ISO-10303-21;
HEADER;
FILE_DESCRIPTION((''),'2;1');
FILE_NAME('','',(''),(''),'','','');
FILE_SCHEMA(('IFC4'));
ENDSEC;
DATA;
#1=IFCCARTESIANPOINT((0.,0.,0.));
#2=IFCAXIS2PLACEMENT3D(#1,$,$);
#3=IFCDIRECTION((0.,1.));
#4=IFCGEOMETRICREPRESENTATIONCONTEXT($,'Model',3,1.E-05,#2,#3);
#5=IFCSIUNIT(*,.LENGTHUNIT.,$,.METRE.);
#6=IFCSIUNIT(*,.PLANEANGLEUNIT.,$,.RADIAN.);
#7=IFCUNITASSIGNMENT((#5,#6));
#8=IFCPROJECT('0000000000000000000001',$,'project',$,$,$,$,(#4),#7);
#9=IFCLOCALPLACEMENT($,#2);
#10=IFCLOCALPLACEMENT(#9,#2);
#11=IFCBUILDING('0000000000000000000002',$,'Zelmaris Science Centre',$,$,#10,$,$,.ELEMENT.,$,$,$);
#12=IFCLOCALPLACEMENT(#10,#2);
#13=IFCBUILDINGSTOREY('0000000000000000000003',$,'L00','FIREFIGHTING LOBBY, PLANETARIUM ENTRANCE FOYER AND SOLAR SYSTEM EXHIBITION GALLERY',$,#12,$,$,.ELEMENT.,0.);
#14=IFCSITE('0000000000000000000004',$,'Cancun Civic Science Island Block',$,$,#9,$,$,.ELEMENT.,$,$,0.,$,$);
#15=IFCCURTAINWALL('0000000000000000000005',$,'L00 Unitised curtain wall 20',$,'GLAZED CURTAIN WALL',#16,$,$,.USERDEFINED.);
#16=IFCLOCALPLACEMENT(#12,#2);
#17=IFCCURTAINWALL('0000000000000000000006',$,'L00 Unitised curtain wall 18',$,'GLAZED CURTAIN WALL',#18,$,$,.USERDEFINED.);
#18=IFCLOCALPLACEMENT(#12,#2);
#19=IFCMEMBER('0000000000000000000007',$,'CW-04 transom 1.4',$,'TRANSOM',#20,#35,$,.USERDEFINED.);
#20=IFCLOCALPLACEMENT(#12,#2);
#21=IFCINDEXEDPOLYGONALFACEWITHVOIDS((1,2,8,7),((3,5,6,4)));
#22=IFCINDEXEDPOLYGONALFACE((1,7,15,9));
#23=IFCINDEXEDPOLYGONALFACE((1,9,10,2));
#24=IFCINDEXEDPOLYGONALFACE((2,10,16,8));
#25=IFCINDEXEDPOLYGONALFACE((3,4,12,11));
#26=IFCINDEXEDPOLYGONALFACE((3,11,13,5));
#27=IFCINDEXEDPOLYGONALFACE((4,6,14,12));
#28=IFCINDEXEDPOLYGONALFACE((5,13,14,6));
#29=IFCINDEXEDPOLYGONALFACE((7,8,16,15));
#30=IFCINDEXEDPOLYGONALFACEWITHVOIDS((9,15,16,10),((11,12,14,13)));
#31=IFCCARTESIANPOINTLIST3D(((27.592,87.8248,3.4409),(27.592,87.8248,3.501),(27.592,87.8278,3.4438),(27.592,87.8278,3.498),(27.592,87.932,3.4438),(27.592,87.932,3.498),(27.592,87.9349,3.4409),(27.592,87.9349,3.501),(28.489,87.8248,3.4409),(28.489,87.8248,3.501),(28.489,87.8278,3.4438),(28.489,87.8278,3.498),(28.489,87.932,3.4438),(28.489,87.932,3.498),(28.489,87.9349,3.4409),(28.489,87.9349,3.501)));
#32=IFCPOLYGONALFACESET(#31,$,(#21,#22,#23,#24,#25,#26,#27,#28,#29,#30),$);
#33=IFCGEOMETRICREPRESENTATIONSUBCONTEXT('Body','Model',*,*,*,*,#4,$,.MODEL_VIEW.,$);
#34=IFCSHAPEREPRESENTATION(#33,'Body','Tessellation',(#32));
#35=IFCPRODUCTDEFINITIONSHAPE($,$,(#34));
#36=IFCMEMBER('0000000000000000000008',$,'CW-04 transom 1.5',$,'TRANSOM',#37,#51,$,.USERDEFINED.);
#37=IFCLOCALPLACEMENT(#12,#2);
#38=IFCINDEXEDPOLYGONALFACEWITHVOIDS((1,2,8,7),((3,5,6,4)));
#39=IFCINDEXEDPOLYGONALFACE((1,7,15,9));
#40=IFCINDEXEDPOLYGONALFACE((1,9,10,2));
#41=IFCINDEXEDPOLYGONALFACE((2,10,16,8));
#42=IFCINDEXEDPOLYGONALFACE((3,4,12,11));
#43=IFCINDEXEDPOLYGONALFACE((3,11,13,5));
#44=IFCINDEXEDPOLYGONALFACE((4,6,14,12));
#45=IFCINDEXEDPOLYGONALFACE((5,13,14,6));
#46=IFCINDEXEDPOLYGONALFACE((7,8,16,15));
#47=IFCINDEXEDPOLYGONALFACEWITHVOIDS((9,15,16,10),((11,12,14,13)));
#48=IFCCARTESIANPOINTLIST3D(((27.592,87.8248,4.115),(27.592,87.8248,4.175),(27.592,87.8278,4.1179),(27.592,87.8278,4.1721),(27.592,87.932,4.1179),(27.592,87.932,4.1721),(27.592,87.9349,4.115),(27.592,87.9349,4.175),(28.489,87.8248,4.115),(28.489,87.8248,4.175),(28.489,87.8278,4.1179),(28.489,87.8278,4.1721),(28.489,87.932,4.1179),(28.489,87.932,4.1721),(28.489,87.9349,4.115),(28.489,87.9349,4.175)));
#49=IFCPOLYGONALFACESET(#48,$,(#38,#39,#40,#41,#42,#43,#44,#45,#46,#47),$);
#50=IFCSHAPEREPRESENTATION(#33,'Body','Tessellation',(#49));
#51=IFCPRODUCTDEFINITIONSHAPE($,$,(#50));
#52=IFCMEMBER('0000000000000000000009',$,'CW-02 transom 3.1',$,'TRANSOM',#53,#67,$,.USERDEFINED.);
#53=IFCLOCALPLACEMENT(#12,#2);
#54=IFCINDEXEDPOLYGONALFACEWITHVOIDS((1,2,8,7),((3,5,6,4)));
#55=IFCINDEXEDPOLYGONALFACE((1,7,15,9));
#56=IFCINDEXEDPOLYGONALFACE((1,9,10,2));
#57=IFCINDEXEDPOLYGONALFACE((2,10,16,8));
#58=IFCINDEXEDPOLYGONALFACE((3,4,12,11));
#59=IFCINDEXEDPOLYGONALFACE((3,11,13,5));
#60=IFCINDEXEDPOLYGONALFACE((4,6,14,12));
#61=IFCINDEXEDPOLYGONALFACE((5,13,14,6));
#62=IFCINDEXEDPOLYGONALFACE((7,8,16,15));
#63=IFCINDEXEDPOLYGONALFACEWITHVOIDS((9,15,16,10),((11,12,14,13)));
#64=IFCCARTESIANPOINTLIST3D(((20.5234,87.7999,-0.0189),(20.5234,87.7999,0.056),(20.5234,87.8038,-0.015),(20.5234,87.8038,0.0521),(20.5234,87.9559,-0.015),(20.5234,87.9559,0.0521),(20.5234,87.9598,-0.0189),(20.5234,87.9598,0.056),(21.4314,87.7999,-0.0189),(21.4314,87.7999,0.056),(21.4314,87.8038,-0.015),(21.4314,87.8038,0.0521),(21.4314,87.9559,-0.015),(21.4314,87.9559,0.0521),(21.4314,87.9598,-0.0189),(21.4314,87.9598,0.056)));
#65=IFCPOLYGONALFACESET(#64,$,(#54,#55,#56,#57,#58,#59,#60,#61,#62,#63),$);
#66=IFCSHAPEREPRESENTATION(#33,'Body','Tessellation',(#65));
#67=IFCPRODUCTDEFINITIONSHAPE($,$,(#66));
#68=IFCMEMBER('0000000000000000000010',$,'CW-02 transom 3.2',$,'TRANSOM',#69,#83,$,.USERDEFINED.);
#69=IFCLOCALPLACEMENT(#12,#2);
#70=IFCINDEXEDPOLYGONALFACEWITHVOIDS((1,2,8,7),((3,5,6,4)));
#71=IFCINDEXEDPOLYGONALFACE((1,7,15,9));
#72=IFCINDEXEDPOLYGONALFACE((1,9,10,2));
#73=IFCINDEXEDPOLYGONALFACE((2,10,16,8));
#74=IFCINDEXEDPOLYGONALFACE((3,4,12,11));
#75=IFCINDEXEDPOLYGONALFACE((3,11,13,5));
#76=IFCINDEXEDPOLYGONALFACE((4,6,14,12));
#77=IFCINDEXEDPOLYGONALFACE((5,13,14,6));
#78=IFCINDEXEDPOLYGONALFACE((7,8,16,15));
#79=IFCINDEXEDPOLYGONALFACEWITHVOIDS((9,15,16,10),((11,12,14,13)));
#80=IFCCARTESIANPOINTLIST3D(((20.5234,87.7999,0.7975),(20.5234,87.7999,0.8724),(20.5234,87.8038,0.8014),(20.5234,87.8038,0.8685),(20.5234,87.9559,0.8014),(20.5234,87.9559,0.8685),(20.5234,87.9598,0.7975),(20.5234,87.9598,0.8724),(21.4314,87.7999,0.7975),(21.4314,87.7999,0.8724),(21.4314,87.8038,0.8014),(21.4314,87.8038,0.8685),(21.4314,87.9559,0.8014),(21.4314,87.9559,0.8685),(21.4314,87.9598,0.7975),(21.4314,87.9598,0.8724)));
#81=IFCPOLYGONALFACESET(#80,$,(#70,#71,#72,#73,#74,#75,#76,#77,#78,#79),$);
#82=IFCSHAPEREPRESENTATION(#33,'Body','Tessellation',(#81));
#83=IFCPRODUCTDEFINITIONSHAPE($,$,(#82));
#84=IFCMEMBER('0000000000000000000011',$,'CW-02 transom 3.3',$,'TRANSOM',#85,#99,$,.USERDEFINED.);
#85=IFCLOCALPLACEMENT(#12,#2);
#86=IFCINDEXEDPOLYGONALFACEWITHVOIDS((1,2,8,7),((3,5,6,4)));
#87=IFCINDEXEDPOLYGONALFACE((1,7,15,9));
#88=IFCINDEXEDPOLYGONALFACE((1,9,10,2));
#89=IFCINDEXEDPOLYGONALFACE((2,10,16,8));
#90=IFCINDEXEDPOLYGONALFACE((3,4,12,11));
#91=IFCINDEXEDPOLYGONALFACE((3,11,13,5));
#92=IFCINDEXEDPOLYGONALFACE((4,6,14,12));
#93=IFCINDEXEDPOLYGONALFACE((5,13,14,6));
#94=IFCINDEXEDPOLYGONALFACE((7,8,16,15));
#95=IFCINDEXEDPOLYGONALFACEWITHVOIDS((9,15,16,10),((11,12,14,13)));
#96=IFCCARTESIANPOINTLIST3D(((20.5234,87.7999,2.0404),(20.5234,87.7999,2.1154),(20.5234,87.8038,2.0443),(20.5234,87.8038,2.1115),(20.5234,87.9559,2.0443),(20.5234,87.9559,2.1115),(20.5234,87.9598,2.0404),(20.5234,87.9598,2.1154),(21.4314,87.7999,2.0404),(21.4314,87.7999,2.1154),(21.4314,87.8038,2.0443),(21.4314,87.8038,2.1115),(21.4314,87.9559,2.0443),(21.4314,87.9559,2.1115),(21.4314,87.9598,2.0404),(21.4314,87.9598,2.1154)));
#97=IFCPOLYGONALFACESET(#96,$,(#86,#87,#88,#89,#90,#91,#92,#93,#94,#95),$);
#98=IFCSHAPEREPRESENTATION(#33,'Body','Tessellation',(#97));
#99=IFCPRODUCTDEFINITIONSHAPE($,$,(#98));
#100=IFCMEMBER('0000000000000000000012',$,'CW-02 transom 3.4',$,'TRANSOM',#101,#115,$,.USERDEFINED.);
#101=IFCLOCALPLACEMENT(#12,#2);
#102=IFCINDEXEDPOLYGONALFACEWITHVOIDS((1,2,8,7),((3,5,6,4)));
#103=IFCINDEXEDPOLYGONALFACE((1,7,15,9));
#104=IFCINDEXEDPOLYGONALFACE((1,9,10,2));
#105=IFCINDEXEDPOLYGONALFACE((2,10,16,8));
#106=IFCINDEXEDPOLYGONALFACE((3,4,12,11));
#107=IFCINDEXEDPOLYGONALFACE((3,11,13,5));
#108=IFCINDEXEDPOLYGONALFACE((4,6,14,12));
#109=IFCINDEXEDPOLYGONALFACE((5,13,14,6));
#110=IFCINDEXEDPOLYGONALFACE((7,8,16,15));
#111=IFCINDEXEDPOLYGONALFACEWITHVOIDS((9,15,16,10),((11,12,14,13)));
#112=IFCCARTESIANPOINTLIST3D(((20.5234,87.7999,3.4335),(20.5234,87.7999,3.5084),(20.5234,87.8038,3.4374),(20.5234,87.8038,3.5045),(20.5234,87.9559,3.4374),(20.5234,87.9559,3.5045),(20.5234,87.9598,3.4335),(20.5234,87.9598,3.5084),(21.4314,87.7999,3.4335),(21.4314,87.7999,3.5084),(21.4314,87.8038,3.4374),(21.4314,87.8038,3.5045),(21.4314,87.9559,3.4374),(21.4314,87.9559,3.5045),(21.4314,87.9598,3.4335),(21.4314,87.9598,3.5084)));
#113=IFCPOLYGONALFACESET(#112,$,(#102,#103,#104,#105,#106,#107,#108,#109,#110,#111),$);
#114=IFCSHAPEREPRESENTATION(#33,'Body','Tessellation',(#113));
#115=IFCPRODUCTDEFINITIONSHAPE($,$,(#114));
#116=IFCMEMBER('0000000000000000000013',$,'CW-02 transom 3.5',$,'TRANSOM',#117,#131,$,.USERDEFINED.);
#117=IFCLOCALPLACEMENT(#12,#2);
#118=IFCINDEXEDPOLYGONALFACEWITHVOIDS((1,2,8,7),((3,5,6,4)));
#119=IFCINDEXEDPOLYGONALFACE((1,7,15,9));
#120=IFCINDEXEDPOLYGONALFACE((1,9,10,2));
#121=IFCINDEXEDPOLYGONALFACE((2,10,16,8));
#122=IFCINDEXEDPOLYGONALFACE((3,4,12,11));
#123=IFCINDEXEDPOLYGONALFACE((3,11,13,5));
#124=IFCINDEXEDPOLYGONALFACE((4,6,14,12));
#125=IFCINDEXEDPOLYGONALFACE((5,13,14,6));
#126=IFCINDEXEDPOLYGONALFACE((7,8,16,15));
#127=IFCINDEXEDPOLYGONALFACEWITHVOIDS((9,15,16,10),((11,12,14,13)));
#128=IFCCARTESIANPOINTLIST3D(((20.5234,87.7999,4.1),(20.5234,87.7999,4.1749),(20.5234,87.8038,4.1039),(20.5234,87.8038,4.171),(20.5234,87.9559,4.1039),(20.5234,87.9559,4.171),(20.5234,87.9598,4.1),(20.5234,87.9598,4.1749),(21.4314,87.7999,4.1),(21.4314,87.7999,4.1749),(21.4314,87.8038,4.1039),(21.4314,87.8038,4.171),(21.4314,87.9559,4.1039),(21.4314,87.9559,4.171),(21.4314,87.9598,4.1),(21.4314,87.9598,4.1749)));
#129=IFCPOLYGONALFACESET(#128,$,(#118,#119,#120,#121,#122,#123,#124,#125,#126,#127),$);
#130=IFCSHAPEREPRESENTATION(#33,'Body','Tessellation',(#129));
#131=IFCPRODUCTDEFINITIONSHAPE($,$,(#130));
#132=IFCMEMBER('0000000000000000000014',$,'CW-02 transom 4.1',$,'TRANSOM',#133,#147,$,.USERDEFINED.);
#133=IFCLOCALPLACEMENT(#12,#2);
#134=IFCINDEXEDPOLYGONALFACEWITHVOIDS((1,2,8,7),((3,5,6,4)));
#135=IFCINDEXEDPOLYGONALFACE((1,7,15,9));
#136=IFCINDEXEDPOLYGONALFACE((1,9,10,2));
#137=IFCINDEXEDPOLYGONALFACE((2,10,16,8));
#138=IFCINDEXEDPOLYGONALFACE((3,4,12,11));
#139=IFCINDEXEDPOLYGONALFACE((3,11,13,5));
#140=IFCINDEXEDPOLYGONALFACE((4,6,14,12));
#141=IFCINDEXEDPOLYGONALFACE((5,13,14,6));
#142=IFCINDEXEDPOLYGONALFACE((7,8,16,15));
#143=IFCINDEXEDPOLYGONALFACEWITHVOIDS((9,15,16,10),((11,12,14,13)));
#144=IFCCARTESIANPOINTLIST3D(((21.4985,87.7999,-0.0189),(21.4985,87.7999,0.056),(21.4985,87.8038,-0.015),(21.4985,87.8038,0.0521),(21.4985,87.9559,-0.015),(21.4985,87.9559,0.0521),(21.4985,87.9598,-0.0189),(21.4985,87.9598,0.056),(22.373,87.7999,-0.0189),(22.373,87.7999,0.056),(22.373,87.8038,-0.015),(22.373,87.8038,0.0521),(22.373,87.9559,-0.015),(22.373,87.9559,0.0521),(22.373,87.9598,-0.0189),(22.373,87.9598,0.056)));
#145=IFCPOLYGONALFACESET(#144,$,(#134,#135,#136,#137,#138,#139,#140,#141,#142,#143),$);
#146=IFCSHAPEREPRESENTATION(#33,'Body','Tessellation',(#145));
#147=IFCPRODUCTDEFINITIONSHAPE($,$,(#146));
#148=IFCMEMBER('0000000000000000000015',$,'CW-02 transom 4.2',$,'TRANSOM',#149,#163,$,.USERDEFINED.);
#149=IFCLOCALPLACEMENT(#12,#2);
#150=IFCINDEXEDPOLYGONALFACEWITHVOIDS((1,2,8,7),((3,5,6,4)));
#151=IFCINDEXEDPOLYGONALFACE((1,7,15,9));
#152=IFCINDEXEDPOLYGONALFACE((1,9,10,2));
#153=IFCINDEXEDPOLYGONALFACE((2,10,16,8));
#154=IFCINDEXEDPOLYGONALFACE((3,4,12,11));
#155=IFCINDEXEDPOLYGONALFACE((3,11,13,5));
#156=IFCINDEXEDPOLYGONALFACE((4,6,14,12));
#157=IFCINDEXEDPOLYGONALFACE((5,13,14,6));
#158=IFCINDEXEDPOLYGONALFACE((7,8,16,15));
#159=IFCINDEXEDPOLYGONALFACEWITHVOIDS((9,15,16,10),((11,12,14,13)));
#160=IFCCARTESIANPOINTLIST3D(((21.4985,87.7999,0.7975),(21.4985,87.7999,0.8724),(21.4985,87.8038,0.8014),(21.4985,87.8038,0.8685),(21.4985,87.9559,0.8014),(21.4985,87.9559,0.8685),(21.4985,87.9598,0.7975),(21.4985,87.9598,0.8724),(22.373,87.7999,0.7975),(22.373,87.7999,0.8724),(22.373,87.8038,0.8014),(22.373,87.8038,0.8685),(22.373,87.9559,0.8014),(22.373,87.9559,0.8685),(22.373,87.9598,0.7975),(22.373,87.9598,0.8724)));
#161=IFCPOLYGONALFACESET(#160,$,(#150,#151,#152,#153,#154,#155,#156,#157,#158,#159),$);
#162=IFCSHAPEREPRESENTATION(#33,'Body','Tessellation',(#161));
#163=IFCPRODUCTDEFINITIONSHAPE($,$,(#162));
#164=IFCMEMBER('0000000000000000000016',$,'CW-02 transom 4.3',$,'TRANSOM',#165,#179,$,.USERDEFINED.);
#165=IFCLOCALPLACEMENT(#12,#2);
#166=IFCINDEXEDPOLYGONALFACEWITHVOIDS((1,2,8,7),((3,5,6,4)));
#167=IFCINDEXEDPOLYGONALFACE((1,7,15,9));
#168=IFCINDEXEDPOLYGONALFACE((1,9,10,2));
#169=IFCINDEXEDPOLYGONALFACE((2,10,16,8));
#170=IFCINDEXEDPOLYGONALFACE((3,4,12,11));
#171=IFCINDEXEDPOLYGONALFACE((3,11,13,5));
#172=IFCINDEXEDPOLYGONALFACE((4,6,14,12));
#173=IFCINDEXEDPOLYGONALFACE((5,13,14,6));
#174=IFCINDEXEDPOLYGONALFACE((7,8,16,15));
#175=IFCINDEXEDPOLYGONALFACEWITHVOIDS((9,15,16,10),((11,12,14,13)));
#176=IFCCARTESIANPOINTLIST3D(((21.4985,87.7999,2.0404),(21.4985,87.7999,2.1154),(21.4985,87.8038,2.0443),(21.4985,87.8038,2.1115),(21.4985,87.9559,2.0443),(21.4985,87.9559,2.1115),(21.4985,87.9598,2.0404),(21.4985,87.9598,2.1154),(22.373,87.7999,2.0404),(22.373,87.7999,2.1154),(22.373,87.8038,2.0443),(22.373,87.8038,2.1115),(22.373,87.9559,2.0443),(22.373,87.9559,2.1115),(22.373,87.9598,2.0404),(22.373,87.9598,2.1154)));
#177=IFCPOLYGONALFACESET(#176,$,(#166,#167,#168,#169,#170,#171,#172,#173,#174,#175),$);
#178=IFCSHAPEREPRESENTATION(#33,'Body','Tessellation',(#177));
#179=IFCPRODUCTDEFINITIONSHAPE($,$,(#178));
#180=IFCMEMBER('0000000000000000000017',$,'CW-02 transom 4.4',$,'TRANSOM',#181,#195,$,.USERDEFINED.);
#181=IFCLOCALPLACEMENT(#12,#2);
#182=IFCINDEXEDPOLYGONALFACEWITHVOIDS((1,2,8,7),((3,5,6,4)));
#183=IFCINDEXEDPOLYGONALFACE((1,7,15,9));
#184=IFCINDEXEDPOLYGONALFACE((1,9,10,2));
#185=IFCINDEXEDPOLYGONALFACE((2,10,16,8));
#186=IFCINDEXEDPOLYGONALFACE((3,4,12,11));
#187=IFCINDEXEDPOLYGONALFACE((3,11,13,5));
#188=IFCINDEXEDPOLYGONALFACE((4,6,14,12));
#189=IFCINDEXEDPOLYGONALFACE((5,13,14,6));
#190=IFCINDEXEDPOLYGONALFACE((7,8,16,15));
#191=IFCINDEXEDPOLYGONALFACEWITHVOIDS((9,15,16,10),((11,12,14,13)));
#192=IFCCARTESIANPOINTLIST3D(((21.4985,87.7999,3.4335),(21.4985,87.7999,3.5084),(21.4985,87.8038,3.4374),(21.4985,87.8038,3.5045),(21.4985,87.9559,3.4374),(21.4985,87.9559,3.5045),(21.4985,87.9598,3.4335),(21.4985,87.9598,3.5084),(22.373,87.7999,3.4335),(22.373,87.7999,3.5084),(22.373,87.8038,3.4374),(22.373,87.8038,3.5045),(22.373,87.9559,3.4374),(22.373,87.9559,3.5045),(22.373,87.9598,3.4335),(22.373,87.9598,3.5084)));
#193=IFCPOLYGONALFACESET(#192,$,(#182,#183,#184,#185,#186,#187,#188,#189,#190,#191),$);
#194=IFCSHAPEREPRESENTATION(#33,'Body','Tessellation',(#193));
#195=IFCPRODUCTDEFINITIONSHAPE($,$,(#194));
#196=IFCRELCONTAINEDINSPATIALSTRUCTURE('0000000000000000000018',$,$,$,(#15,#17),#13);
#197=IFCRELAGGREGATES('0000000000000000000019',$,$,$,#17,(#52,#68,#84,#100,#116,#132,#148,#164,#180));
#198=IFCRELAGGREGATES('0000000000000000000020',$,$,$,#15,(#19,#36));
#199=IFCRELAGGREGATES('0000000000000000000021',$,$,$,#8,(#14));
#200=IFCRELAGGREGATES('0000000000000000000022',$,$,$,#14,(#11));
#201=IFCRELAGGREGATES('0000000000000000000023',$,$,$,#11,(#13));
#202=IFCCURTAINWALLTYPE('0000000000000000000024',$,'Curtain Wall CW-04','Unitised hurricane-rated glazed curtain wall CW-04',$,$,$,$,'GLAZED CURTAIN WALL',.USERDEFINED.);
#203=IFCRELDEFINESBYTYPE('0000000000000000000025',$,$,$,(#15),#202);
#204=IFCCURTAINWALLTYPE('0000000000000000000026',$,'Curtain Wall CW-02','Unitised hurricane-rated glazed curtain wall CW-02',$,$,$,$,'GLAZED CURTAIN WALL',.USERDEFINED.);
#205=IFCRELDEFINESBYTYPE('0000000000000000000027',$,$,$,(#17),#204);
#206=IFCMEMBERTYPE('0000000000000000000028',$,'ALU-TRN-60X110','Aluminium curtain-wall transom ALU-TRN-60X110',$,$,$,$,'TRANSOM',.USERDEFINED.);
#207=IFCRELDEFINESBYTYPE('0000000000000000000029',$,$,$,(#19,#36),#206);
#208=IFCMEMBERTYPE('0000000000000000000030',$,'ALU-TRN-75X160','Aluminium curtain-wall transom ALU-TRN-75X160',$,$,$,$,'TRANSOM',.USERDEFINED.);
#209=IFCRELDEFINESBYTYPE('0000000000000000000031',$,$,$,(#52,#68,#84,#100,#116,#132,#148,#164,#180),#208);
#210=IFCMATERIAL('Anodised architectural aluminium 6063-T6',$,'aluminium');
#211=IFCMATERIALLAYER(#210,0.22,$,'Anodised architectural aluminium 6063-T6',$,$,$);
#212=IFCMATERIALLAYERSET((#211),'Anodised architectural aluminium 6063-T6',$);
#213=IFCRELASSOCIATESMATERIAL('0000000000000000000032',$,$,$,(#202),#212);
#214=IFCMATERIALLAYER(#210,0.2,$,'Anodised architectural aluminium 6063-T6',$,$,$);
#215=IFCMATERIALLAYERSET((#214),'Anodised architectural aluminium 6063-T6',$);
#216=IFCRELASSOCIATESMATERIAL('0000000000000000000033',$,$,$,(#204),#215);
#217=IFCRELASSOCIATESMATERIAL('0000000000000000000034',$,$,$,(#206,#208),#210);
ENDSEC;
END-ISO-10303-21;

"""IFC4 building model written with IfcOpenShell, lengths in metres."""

from ifc_helpers import new_model, si_unit, direction, frame, origin, origin_2d, place, context, subcontext, project, spatial, hollow_rectangle, extrude, material, layer, layer_set, material_profile, profile_set, type_object, element, aggregate, save


model = new_model("IFC4")

# Units and contexts
model_context = context("Model", 3, precision=1e-05, world=origin(), true_north=direction((0.0, 1.0)))
body_context = subcontext(model_context, "Body", "Model", "MODEL_VIEW")
ifc_project = project(units=[si_unit("LENGTHUNIT", "METRE"), si_unit("PLANEANGLEUNIT", "RADIAN")], contexts=[model_context])

# Site, building, storey
site_placement = place(None, origin())
site = spatial("IfcSite", under=ifc_project, at=site_placement, Name="Cancun Civic Science Island Block", CompositionType="ELEMENT", RefElevation=0.0)
building_placement = place(site_placement, origin())
building = spatial("IfcBuilding", under=site, at=building_placement, Name="Zelmaris Science Centre", CompositionType="ELEMENT")
storey_placement = place(building_placement, origin())
storey = spatial("IfcBuildingStorey", under=building, at=storey_placement, Name="L00", Description="FIREFIGHTING LOBBY, PLANETARIUM ENTRANCE FOYER AND SOLAR SYSTEM EXHIBITION GALLERY", CompositionType="ELEMENT", Elevation=0.0)

# Curtain wall
ifc_material_1 = material(Name="Anodised architectural aluminium 6063-T6", Category="aluminium")
ifc_layer_1 = layer(ifc_material_1, 0.22, Name="Anodised architectural aluminium 6063-T6")
ifc_layer_set_1 = layer_set([ifc_layer_1], Name="Anodised architectural aluminium 6063-T6")
curtain_wall_type_1 = type_object("IfcCurtainWallType", Name="Curtain Wall CW-04", Description="Unitised hurricane-rated glazed curtain wall CW-04", ElementType="GLAZED CURTAIN WALL", PredefinedType="USERDEFINED", material=ifc_layer_set_1)
curtain_wall_1_placement = place(storey_placement, origin())
curtain_wall_1 = element("IfcCurtainWall", 1, at=curtain_wall_1_placement, inside=storey, type_object=curtain_wall_type_1, Name="L00 Unitised curtain wall 20", ObjectType="GLAZED CURTAIN WALL", PredefinedType="USERDEFINED")

# Curtain wall
ifc_layer_2 = layer(ifc_material_1, 0.2, Name="Anodised architectural aluminium 6063-T6")
ifc_layer_set_2 = layer_set([ifc_layer_2], Name="Anodised architectural aluminium 6063-T6")
curtain_wall_type_2 = type_object("IfcCurtainWallType", Name="Curtain Wall CW-02", Description="Unitised hurricane-rated glazed curtain wall CW-02", ElementType="GLAZED CURTAIN WALL", PredefinedType="USERDEFINED", material=ifc_layer_set_2)
curtain_wall_2_placement = place(storey_placement, origin())
curtain_wall_2 = element("IfcCurtainWall", 2, at=curtain_wall_2_placement, inside=storey, type_object=curtain_wall_type_2, Name="L00 Unitised curtain wall 18", ObjectType="GLAZED CURTAIN WALL", PredefinedType="USERDEFINED")

# Members
ifc_material_profile_1 = material_profile(ifc_material_1, hollow_rectangle(XDim=0.0601, YDim=0.1101, WallThickness=0.0029, at=origin_2d()), Name="ALU-TRN-60X110")
ifc_profile_set_1 = profile_set([ifc_material_profile_1], Name="Anodised architectural aluminium 6063-T6")
member_type_1 = type_object("IfcMemberType", Name="ALU-TRN-60X110", Description="Aluminium curtain-wall transom ALU-TRN-60X110", ElementType="TRANSOM", PredefinedType="USERDEFINED", material=ifc_profile_set_1)
member_1_placement = place(storey_placement, frame((27.592, 87.8799, 3.4709), z_axis=(1.0, 0.0, 0.0), x_axis=(0.0, 0.0, 1.0)))
member_1 = element("IfcMember", 3, at=member_1_placement, type_object=member_type_1, Name="CW-04 transom 1.4", ObjectType="TRANSOM", PredefinedType="USERDEFINED", context=body_context, shape_type="SweptSolid", body=[
    extrude(hollow_rectangle(XDim=0.0601, YDim=0.1101, WallThickness=0.0029, at=origin_2d()), origin(), (0.0, 0.0, 1.0), 0.897),
])
member_2_placement = place(storey_placement, frame((27.592, 87.8799, 4.145), z_axis=(1.0, 0.0, 0.0), x_axis=(0.0, 0.0, 1.0)))
member_2 = element("IfcMember", 4, at=member_2_placement, type_object=member_type_1, Name="CW-04 transom 1.5", ObjectType="TRANSOM", PredefinedType="USERDEFINED", context=body_context, shape_type="SweptSolid", body=[
    extrude(hollow_rectangle(XDim=0.0601, YDim=0.1101, WallThickness=0.0029, at=origin_2d()), origin(), (0.0, 0.0, 1.0), 0.897),
])
ifc_material_profile_2 = material_profile(ifc_material_1, hollow_rectangle(XDim=0.075, YDim=0.1599, WallThickness=0.0039, at=origin_2d()), Name="ALU-TRN-75X160")
ifc_profile_set_2 = profile_set([ifc_material_profile_2], Name="Anodised architectural aluminium 6063-T6")
member_type_2 = type_object("IfcMemberType", Name="ALU-TRN-75X160", Description="Aluminium curtain-wall transom ALU-TRN-75X160", ElementType="TRANSOM", PredefinedType="USERDEFINED", material=ifc_profile_set_2)
member_3_placement = place(storey_placement, frame((20.5234, 87.8799, 0.0186), z_axis=(1.0, 0.0, 0.0), x_axis=(0.0, 0.0, 1.0)))
member_3 = element("IfcMember", 5, at=member_3_placement, type_object=member_type_2, Name="CW-02 transom 3.1", ObjectType="TRANSOM", PredefinedType="USERDEFINED", context=body_context, shape_type="SweptSolid", body=[
    extrude(hollow_rectangle(XDim=0.075, YDim=0.1599, WallThickness=0.0039, at=origin_2d()), origin(), (0.0, 0.0, 1.0), 0.908),
])
member_4_placement = place(storey_placement, frame((20.5234, 87.8799, 0.835), z_axis=(1.0, 0.0, 0.0), x_axis=(0.0, 0.0, 1.0)))
member_4 = element("IfcMember", 6, at=member_4_placement, type_object=member_type_2, Name="CW-02 transom 3.2", ObjectType="TRANSOM", PredefinedType="USERDEFINED", context=body_context, shape_type="SweptSolid", body=[
    extrude(hollow_rectangle(XDim=0.075, YDim=0.1599, WallThickness=0.0039, at=origin_2d()), origin(), (0.0, 0.0, 1.0), 0.908),
])
member_5_placement = place(storey_placement, frame((20.5234, 87.8799, 2.0779), z_axis=(1.0, 0.0, 0.0), x_axis=(0.0, 0.0, 1.0)))
member_5 = element("IfcMember", 7, at=member_5_placement, type_object=member_type_2, Name="CW-02 transom 3.3", ObjectType="TRANSOM", PredefinedType="USERDEFINED", context=body_context, shape_type="SweptSolid", body=[
    extrude(hollow_rectangle(XDim=0.075, YDim=0.1599, WallThickness=0.0039, at=origin_2d()), origin(), (0.0, 0.0, 1.0), 0.908),
])
member_6_placement = place(storey_placement, frame((20.5234, 87.8799, 3.4709), z_axis=(1.0, 0.0, 0.0), x_axis=(0.0, 0.0, 1.0)))
member_6 = element("IfcMember", 8, at=member_6_placement, type_object=member_type_2, Name="CW-02 transom 3.4", ObjectType="TRANSOM", PredefinedType="USERDEFINED", context=body_context, shape_type="SweptSolid", body=[
    extrude(hollow_rectangle(XDim=0.075, YDim=0.1599, WallThickness=0.0039, at=origin_2d()), origin(), (0.0, 0.0, 1.0), 0.908),
])
member_7_placement = place(storey_placement, frame((20.5234, 87.8799, 4.1375), z_axis=(1.0, 0.0, 0.0), x_axis=(0.0, 0.0, 1.0)))
member_7 = element("IfcMember", 9, at=member_7_placement, type_object=member_type_2, Name="CW-02 transom 3.5", ObjectType="TRANSOM", PredefinedType="USERDEFINED", context=body_context, shape_type="SweptSolid", body=[
    extrude(hollow_rectangle(XDim=0.075, YDim=0.1599, WallThickness=0.0039, at=origin_2d()), origin(), (0.0, 0.0, 1.0), 0.908),
])
member_8_placement = place(storey_placement, frame((21.4985, 87.8799, 0.0186), z_axis=(1.0, 0.0, 0.0), x_axis=(0.0, 0.0, 1.0)))
member_8 = element("IfcMember", 10, at=member_8_placement, type_object=member_type_2, Name="CW-02 transom 4.1", ObjectType="TRANSOM", PredefinedType="USERDEFINED", context=body_context, shape_type="SweptSolid", body=[
    extrude(hollow_rectangle(XDim=0.075, YDim=0.1599, WallThickness=0.0039, at=origin_2d()), origin(), (0.0, 0.0, 1.0), 0.8745),
])
member_9_placement = place(storey_placement, frame((21.4985, 87.8799, 0.835), z_axis=(1.0, 0.0, 0.0), x_axis=(0.0, 0.0, 1.0)))
member_9 = element("IfcMember", 11, at=member_9_placement, type_object=member_type_2, Name="CW-02 transom 4.2", ObjectType="TRANSOM", PredefinedType="USERDEFINED", context=body_context, shape_type="SweptSolid", body=[
    extrude(hollow_rectangle(XDim=0.075, YDim=0.1599, WallThickness=0.0039, at=origin_2d()), origin(), (0.0, 0.0, 1.0), 0.8745),
])
member_10_placement = place(storey_placement, frame((21.4985, 87.8799, 2.0779), z_axis=(1.0, 0.0, 0.0), x_axis=(0.0, 0.0, 1.0)))
member_10 = element("IfcMember", 12, at=member_10_placement, type_object=member_type_2, Name="CW-02 transom 4.3", ObjectType="TRANSOM", PredefinedType="USERDEFINED", context=body_context, shape_type="SweptSolid", body=[
    extrude(hollow_rectangle(XDim=0.075, YDim=0.1599, WallThickness=0.0039, at=origin_2d()), origin(), (0.0, 0.0, 1.0), 0.8745),
])
member_11_placement = place(storey_placement, frame((21.4985, 87.8799, 3.4709), z_axis=(1.0, 0.0, 0.0), x_axis=(0.0, 0.0, 1.0)))
member_11 = element("IfcMember", 13, at=member_11_placement, type_object=member_type_2, Name="CW-02 transom 4.4", ObjectType="TRANSOM", PredefinedType="USERDEFINED", context=body_context, shape_type="SweptSolid", body=[
    extrude(hollow_rectangle(XDim=0.075, YDim=0.1599, WallThickness=0.0039, at=origin_2d()), origin(), (0.0, 0.0, 1.0), 0.8745),
])

aggregate(curtain_wall_2, [member_3, member_4, member_5, member_6, member_7, member_8, member_9, member_10, member_11])
aggregate(curtain_wall_1, [member_1, member_2])

save(model, "model.ifc")
